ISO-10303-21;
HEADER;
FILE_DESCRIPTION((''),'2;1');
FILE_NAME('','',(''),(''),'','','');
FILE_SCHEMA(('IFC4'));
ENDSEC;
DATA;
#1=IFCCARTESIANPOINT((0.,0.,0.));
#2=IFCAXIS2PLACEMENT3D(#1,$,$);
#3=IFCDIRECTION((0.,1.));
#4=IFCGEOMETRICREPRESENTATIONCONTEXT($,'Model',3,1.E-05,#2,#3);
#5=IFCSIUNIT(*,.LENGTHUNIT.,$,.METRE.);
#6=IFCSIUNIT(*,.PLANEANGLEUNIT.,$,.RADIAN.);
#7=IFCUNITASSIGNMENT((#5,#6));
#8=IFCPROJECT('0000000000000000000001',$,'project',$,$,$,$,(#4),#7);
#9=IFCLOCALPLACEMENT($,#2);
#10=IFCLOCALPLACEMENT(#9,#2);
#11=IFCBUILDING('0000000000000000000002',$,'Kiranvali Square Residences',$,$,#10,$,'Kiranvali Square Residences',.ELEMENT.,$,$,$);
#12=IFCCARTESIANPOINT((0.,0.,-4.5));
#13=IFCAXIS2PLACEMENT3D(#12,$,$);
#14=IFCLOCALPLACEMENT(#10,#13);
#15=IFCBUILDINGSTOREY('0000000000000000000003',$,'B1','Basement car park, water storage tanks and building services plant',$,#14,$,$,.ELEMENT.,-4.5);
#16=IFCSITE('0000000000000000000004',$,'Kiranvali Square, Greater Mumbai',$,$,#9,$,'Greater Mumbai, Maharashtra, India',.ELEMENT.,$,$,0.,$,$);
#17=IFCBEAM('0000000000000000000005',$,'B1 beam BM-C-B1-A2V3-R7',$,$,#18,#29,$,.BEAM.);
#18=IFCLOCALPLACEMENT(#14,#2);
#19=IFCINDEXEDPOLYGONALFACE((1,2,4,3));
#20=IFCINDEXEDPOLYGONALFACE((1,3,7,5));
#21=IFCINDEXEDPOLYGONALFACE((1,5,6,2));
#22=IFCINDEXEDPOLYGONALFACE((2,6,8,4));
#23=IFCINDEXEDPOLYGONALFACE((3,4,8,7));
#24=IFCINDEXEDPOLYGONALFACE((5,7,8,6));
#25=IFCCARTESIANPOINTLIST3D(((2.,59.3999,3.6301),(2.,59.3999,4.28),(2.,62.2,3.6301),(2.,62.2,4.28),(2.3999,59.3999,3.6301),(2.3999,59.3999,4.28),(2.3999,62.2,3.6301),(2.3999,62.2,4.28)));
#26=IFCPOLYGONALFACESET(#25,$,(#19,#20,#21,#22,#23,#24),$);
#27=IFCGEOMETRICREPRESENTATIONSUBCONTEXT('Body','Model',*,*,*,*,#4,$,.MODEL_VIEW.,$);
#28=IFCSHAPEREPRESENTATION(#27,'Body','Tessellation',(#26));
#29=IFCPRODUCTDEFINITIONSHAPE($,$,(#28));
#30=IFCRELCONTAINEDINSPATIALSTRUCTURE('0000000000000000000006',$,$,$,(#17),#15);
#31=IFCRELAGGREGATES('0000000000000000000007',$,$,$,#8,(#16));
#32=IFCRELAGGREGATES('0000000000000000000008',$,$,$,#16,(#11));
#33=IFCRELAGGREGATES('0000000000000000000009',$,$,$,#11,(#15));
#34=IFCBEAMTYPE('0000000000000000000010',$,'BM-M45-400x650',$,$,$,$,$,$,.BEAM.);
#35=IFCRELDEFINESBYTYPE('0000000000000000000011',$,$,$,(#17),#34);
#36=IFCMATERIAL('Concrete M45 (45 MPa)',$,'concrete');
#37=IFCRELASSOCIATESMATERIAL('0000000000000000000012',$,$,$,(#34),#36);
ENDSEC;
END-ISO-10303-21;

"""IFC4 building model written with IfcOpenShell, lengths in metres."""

from ifc_helpers import new_model, si_unit, direction, frame, origin, origin_2d, place, context, subcontext, project, spatial, rectangle, extrude, material, material_profile, profile_set, type_object, element, save


model = new_model("IFC4")

# Units and contexts
model_context = context("Model", 3, precision=1e-05, world=origin(), true_north=direction((0.0, 1.0)))
body_context = subcontext(model_context, "Body", "Model", "MODEL_VIEW")
ifc_project = project(units=[si_unit("LENGTHUNIT", "METRE"), si_unit("PLANEANGLEUNIT", "RADIAN")], contexts=[model_context])

# Site, building, storey
site_placement = place(None, origin())
site = spatial("IfcSite", under=ifc_project, at=site_placement, Name="Kiranvali Square, Greater Mumbai", LongName="Greater Mumbai, Maharashtra, India", CompositionType="ELEMENT", RefElevation=0.0)
building_placement = place(site_placement, origin())
building = spatial("IfcBuilding", under=site, at=building_placement, Name="Kiranvali Square Residences", LongName="Kiranvali Square Residences", CompositionType="ELEMENT")
storey_placement = place(building_placement, frame((0.0, 0.0, -4.5)))
storey = spatial("IfcBuildingStorey", under=building, at=storey_placement, Name="B1", Description="Basement car park, water storage tanks and building services plant", CompositionType="ELEMENT", Elevation=-4.5)

# Beam
ifc_material_1 = material(Name="Concrete M45 (45 MPa)", Category="concrete")
ifc_material_profile_1 = material_profile(ifc_material_1, rectangle(XDim=0.3999, YDim=0.6499, at=origin_2d()), Name="RC 400x650")
ifc_profile_set_1 = profile_set([ifc_material_profile_1], Name="Concrete M45 (45 MPa)")
beam_type_1 = type_object("IfcBeamType", Name="BM-M45-400x650", PredefinedType="BEAM", material=ifc_profile_set_1)
beam_1_placement = place(storey_placement, frame((2.2, 59.3999, 3.9551), z_axis=(0.0, 1.0, 0.0), x_axis=(-1.0, 0.0, 0.0)))
element("IfcBeam", 1, at=beam_1_placement, inside=storey, type_object=beam_type_1, Name="B1 beam BM-C-B1-A2V3-R7", PredefinedType="BEAM", context=body_context, shape_type="SweptSolid", body=[
    extrude(rectangle(XDim=0.3999, YDim=0.6499, at=origin_2d()), origin(), (0.0, 0.0, 1.0), 2.8),
])

save(model, "model.ifc")
